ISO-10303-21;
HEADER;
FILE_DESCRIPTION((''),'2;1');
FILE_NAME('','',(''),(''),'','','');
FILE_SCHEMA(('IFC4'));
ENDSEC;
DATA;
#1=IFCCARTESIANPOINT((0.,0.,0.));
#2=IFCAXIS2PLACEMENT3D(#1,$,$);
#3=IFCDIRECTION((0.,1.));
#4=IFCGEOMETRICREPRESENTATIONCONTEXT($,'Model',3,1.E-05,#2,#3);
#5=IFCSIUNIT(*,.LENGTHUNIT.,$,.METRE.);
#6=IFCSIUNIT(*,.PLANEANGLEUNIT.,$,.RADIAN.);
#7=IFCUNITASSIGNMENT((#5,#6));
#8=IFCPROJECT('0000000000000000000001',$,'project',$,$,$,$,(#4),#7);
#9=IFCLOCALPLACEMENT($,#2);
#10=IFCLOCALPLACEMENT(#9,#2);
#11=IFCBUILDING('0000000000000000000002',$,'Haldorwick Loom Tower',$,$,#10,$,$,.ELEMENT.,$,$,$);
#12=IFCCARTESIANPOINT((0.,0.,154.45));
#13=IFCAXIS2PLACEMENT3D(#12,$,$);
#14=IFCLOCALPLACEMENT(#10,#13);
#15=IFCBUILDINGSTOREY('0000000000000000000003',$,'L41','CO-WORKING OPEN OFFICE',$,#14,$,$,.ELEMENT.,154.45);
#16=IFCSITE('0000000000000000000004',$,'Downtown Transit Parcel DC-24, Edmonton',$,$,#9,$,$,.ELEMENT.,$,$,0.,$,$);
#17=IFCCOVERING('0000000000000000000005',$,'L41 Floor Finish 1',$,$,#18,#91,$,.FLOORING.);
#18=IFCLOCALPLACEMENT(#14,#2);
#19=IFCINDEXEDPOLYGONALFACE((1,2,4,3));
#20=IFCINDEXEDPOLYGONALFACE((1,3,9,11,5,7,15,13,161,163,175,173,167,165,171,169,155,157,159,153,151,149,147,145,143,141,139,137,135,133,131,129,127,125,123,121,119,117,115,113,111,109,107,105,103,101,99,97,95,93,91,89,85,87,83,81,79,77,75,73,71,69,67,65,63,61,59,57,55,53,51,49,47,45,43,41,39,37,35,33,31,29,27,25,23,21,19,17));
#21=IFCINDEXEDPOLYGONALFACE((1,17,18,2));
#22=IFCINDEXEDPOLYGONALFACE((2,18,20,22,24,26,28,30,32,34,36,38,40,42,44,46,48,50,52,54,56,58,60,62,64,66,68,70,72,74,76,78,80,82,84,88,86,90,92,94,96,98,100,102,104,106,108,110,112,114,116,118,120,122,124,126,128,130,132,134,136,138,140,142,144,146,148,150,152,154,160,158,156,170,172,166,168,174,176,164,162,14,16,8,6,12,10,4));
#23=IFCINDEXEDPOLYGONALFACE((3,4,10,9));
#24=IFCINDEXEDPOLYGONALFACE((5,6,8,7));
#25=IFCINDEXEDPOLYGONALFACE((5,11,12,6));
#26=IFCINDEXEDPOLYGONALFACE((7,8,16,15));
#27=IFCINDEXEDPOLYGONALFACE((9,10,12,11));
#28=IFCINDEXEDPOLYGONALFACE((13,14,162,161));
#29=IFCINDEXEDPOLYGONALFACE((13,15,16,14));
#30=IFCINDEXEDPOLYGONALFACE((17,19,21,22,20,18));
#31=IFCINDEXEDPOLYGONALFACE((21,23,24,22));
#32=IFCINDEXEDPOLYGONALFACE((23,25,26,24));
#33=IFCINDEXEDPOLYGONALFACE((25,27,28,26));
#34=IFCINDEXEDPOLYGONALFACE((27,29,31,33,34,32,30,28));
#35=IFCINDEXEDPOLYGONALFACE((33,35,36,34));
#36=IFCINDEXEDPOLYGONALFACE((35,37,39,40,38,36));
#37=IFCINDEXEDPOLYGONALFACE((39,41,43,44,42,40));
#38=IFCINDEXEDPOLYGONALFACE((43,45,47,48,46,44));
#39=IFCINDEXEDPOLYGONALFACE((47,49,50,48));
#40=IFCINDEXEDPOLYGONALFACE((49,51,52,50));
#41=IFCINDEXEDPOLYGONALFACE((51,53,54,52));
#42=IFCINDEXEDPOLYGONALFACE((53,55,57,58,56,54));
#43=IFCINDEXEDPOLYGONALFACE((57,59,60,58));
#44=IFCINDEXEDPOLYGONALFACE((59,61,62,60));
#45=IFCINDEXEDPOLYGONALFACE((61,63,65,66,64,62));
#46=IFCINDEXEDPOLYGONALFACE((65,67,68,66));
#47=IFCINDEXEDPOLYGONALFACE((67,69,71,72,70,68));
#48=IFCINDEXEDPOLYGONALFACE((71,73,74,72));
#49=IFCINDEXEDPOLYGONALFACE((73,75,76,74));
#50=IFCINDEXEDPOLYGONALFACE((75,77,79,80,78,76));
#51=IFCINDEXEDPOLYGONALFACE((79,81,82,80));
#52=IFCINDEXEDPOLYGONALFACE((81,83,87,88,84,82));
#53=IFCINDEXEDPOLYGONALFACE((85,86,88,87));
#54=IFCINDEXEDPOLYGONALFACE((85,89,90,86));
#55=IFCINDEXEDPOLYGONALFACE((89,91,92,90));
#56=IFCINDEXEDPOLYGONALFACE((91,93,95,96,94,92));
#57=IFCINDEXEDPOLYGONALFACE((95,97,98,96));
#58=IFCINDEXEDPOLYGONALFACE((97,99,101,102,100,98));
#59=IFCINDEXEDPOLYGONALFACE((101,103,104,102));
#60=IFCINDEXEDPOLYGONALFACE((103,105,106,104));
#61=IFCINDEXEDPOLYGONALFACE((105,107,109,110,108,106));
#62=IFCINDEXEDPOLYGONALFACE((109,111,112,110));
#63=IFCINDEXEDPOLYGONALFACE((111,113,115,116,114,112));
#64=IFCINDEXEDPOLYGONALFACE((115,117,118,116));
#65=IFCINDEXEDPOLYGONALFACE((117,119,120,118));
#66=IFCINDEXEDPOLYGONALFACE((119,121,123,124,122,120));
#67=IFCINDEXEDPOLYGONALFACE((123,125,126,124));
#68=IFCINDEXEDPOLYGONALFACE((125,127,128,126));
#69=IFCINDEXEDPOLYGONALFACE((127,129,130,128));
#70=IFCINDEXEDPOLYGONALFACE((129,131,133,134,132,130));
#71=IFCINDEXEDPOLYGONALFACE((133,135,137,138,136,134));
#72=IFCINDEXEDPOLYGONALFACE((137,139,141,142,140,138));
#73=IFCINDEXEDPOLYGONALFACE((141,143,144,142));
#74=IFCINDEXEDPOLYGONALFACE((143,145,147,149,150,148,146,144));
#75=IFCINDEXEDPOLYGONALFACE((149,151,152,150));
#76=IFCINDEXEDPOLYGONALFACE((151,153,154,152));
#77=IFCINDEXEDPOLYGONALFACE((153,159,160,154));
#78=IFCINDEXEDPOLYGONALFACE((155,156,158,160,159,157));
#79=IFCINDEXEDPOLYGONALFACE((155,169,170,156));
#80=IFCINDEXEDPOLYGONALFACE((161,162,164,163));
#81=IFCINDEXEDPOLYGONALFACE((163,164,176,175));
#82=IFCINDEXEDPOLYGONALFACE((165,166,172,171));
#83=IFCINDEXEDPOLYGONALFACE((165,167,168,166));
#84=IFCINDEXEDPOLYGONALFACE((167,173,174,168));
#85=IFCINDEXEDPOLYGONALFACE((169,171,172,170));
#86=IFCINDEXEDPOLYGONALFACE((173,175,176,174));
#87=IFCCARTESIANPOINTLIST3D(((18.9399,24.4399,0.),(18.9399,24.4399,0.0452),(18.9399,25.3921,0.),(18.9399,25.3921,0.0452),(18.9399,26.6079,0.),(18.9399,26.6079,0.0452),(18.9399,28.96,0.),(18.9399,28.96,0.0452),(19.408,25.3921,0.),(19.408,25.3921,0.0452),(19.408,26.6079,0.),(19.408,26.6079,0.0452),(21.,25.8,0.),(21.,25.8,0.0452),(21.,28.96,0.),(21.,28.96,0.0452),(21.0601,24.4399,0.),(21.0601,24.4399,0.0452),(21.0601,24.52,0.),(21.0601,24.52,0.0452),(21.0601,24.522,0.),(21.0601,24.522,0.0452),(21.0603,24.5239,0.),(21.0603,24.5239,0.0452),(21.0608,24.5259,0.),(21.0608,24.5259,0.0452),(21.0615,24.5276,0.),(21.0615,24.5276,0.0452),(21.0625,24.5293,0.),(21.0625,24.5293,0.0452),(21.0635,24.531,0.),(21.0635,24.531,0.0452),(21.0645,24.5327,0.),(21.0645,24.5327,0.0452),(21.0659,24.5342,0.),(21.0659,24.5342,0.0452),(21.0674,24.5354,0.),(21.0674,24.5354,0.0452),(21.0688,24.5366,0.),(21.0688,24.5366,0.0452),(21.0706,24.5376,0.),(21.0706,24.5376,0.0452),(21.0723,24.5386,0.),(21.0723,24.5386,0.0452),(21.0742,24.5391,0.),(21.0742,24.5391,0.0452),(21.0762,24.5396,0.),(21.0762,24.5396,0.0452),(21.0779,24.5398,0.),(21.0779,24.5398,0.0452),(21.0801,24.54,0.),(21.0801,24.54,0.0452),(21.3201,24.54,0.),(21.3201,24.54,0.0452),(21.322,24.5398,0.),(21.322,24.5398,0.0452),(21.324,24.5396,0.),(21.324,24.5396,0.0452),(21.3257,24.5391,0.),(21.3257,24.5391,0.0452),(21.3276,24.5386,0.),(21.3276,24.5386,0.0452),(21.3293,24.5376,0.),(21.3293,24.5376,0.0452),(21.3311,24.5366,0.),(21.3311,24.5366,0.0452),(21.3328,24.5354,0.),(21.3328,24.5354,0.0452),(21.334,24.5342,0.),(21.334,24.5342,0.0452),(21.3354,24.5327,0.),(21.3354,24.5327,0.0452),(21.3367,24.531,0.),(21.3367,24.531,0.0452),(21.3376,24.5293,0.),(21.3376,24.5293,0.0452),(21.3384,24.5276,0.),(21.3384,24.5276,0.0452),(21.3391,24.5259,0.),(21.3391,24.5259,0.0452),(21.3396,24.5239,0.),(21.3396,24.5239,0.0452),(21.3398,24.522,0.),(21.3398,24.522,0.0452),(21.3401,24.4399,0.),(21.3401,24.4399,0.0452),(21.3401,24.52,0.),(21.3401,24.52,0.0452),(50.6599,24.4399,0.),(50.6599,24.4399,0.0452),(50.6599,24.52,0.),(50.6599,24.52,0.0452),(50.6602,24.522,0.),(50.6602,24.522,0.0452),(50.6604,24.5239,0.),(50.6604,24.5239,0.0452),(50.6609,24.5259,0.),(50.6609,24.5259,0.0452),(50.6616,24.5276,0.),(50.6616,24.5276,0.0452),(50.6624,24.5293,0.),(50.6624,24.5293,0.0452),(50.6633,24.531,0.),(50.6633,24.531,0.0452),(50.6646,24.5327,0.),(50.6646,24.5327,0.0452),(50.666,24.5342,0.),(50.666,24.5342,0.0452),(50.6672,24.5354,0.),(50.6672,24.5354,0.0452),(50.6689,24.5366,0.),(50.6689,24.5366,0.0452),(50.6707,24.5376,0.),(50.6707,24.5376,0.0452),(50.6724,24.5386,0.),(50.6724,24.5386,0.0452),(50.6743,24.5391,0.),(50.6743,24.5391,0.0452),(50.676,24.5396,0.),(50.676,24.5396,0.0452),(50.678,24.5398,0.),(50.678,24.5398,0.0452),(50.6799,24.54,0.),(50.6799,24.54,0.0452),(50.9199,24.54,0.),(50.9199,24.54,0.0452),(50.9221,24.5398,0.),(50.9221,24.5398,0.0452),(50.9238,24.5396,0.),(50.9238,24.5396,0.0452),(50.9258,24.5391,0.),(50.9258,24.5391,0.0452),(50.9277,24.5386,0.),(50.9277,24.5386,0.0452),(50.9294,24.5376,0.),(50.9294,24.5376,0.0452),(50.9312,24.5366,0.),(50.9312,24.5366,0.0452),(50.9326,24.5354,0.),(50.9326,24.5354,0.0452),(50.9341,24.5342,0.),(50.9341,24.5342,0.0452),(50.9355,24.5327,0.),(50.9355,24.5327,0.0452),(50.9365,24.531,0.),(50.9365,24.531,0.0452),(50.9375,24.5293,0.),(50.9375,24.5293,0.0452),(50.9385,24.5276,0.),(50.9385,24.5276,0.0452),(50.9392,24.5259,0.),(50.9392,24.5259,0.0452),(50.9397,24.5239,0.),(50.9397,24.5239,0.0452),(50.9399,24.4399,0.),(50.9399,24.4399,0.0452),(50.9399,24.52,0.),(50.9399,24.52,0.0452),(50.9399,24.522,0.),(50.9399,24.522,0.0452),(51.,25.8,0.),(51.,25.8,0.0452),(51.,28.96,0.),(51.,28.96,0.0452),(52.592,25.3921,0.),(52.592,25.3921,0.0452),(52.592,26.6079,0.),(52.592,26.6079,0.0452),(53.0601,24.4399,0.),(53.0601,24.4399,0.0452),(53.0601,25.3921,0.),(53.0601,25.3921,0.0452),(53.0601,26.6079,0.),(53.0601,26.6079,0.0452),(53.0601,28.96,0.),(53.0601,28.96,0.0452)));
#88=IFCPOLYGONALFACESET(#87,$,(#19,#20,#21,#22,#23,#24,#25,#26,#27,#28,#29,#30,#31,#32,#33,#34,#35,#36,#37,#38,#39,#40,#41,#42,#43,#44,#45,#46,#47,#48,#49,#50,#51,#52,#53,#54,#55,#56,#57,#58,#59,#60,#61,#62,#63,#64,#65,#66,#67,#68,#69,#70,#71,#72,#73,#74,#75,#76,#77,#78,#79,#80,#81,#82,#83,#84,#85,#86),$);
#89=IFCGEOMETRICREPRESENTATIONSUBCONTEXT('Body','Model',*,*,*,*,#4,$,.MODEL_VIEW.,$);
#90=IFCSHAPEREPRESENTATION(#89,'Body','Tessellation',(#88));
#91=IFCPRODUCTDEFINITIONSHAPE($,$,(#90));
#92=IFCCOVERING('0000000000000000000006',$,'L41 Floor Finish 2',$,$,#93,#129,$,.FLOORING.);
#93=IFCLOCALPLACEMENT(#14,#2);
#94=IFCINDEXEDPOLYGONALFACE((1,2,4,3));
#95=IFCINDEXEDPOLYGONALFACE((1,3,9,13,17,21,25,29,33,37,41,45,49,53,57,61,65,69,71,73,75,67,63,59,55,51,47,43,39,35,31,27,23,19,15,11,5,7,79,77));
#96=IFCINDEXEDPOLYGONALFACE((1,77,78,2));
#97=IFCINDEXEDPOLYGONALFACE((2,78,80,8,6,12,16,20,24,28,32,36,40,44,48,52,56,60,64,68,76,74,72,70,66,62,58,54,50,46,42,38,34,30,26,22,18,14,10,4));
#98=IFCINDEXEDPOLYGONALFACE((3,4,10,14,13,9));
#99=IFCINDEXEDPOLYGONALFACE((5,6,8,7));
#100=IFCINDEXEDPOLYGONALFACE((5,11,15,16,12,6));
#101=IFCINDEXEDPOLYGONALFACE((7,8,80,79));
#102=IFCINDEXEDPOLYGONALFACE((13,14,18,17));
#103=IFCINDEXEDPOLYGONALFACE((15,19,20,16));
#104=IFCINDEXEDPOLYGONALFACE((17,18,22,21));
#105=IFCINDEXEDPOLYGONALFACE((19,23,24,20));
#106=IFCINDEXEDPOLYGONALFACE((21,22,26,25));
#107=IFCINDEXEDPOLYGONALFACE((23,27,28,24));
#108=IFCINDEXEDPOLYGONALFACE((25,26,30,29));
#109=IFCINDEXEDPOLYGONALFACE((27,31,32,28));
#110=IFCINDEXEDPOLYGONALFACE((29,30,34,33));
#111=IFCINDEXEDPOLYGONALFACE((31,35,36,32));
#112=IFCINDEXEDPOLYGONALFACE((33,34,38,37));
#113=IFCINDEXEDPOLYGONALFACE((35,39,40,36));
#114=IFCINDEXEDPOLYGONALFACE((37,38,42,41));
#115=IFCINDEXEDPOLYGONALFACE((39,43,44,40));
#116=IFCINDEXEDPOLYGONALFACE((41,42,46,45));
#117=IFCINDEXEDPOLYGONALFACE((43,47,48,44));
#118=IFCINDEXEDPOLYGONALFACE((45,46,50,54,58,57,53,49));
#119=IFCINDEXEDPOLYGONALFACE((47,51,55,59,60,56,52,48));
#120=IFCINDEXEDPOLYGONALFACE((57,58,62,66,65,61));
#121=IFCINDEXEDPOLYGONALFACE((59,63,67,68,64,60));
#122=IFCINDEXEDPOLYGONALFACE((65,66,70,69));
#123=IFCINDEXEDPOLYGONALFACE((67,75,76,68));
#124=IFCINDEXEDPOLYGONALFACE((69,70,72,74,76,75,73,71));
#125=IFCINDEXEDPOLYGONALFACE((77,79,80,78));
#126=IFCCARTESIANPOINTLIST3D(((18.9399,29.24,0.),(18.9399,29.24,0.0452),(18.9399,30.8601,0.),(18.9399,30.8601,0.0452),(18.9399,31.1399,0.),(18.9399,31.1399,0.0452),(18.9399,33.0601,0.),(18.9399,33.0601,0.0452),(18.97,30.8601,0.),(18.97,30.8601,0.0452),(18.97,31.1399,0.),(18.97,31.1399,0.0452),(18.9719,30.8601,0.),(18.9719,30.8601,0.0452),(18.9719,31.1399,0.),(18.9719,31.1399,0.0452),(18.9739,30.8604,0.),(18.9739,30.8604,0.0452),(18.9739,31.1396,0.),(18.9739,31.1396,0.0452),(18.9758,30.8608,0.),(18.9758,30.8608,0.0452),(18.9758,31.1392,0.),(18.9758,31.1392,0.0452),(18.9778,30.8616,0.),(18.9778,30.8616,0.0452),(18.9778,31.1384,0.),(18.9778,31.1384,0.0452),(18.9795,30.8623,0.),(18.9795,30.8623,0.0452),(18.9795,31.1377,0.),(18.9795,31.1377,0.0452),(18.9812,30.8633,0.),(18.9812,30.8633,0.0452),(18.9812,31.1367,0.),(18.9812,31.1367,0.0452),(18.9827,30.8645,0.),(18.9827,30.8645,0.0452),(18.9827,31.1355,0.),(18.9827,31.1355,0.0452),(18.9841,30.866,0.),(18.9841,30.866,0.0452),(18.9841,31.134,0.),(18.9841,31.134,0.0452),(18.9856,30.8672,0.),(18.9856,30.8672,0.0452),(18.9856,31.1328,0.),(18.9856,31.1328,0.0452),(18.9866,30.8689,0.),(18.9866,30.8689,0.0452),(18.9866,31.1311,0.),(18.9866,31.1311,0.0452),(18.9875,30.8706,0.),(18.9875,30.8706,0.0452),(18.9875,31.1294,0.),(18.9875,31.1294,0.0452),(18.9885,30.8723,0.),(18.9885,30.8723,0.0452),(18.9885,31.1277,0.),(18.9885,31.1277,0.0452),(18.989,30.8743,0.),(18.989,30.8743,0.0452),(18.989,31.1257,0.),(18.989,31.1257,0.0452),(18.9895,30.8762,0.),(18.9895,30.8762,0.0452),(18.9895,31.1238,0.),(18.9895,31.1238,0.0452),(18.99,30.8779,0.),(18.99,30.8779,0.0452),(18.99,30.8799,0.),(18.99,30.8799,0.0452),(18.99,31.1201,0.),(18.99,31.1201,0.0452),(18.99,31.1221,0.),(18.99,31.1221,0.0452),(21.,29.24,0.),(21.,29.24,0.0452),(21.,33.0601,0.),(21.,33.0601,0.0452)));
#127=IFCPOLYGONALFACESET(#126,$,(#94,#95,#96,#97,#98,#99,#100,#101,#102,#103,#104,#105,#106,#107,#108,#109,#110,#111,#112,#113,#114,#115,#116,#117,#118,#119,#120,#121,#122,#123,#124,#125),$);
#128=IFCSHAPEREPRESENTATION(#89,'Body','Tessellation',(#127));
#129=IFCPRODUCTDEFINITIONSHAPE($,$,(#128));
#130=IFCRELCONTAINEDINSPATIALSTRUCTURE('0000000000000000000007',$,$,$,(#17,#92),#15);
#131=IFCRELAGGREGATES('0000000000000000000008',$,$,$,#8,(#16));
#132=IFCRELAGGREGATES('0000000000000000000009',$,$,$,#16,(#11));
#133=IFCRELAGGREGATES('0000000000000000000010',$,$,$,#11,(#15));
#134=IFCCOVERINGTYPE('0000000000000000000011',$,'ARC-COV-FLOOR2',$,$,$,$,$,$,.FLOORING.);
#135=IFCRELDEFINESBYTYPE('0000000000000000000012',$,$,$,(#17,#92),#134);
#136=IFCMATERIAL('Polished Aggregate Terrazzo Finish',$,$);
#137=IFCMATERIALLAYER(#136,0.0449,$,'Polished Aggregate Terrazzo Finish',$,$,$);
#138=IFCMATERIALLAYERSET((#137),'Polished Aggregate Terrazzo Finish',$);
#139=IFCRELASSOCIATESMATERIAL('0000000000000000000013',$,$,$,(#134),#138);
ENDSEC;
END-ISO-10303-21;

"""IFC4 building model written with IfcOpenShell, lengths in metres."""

from ifc_helpers import new_model, si_unit, direction, frame, origin, place, context, subcontext, project, spatial, polyline, outline, extrude, material, layer, layer_set, type_object, element, save


model = new_model("IFC4")

# Units and contexts
model_context = context("Model", 3, precision=1e-05, world=origin(), true_north=direction((0.0, 1.0)))
body_context = subcontext(model_context, "Body", "Model", "MODEL_VIEW")
ifc_project = project(units=[si_unit("LENGTHUNIT", "METRE"), si_unit("PLANEANGLEUNIT", "RADIAN")], contexts=[model_context])

# Site, building, storey
site_placement = place(None, origin())
site = spatial("IfcSite", under=ifc_project, at=site_placement, Name="Downtown Transit Parcel DC-24, Edmonton", CompositionType="ELEMENT", RefElevation=0.0)
building_placement = place(site_placement, origin())
building = spatial("IfcBuilding", under=site, at=building_placement, Name="Haldorwick Loom Tower", CompositionType="ELEMENT")
storey_placement = place(building_placement, frame((0.0, 0.0, 154.45)))
storey = spatial("IfcBuildingStorey", under=building, at=storey_placement, Name="L41", Description="CO-WORKING OPEN OFFICE", CompositionType="ELEMENT", Elevation=154.45)

# Coverings
ifc_material_1 = material(Name="Polished Aggregate Terrazzo Finish")
ifc_layer_1 = layer(ifc_material_1, 0.0449, Name="Polished Aggregate Terrazzo Finish")
ifc_layer_set_1 = layer_set([ifc_layer_1], Name="Polished Aggregate Terrazzo Finish")
covering_type_1 = type_object("IfcCoveringType", Name="ARC-COV-FLOOR2", PredefinedType="FLOORING", material=ifc_layer_set_1)
covering_1_placement = place(storey_placement, origin())
element("IfcCovering", 1, at=covering_1_placement, inside=storey, type_object=covering_type_1, Name="L41 Floor Finish 1", PredefinedType="FLOORING", context=body_context, shape_type="SweptSolid", body=[
    extrude(outline(polyline([(51.0, 28.96), (51.0, 25.8), (21.0, 25.8), (21.0, 28.96), (18.9399, 28.96), (18.9399, 26.6079), (19.408, 26.6079), (19.408, 25.3921), (18.9399, 25.3921), (18.9399, 24.4399), (21.0601, 24.4399), (21.0601, 24.52), (21.0601, 24.522), (21.0603, 24.5239), (21.0608, 24.5259), (21.0615, 24.5276), (21.0625, 24.5293), (21.0635, 24.531), (21.0645, 24.5327), (21.0659, 24.5342), (21.0674, 24.5354), (21.0688, 24.5366), (21.0706, 24.5376), (21.0723, 24.5386), (21.0742, 24.5391), (21.0762, 24.5396), (21.0779, 24.5398), (21.0801, 24.54), (21.3201, 24.54), (21.322, 24.5398), (21.324, 24.5396), (21.3257, 24.5391), (21.3276, 24.5386), (21.3293, 24.5376), (21.3311, 24.5366), (21.3328, 24.5354), (21.334, 24.5342), (21.3354, 24.5327), (21.3367, 24.531), (21.3376, 24.5293), (21.3384, 24.5276), (21.3391, 24.5259), (21.3396, 24.5239), (21.3398, 24.522), (21.3401, 24.52), (21.3401, 24.4399), (50.6599, 24.4399), (50.6599, 24.52), (50.6602, 24.522), (50.6604, 24.5239), (50.6609, 24.5259), (50.6616, 24.5276), (50.6624, 24.5293), (50.6633, 24.531), (50.6646, 24.5327), (50.666, 24.5342), (50.6672, 24.5354), (50.6689, 24.5366), (50.6707, 24.5376), (50.6724, 24.5386), (50.6743, 24.5391), (50.676, 24.5396), (50.678, 24.5398), (50.6799, 24.54), (50.9199, 24.54), (50.9221, 24.5398), (50.9238, 24.5396), (50.9258, 24.5391), (50.9277, 24.5386), (50.9294, 24.5376), (50.9312, 24.5366), (50.9326, 24.5354), (50.9341, 24.5342), (50.9355, 24.5327), (50.9365, 24.531), (50.9375, 24.5293), (50.9385, 24.5276), (50.9392, 24.5259), (50.9397, 24.5239), (50.9399, 24.522), (50.9399, 24.52), (50.9399, 24.4399), (53.0601, 24.4399), (53.0601, 25.3921), (52.592, 25.3921), (52.592, 26.6079), (53.0601, 26.6079), (53.0601, 28.96), (51.0, 28.96)])), origin(), (0.0, 0.0, 1.0), 0.0452),
])
covering_2_placement = place(storey_placement, origin())
element("IfcCovering", 2, at=covering_2_placement, inside=storey, type_object=covering_type_1, Name="L41 Floor Finish 2", PredefinedType="FLOORING", context=body_context, shape_type="SweptSolid", body=[
    extrude(outline(polyline([(18.97, 31.1399), (18.9719, 31.1399), (18.9739, 31.1396), (18.9758, 31.1392), (18.9778, 31.1384), (18.9795, 31.1377), (18.9812, 31.1367), (18.9827, 31.1355), (18.9841, 31.134), (18.9856, 31.1328), (18.9866, 31.1311), (18.9875, 31.1294), (18.9885, 31.1277), (18.989, 31.1257), (18.9895, 31.1238), (18.99, 31.1221), (18.99, 31.1201), (18.99, 30.8799), (18.99, 30.8779), (18.9895, 30.8762), (18.989, 30.8743), (18.9885, 30.8723), (18.9875, 30.8706), (18.9866, 30.8689), (18.9856, 30.8672), (18.9841, 30.866), (18.9827, 30.8645), (18.9812, 30.8633), (18.9795, 30.8623), (18.9778, 30.8616), (18.9758, 30.8608), (18.9739, 30.8604), (18.9719, 30.8601), (18.97, 30.8601), (18.9399, 30.8601), (18.9399, 29.24), (21.0, 29.24), (21.0, 33.0601), (18.9399, 33.0601), (18.9399, 31.1399), (18.97, 31.1399)])), origin(), (0.0, 0.0, 1.0), 0.0452),
])

save(model, "model.ifc")
